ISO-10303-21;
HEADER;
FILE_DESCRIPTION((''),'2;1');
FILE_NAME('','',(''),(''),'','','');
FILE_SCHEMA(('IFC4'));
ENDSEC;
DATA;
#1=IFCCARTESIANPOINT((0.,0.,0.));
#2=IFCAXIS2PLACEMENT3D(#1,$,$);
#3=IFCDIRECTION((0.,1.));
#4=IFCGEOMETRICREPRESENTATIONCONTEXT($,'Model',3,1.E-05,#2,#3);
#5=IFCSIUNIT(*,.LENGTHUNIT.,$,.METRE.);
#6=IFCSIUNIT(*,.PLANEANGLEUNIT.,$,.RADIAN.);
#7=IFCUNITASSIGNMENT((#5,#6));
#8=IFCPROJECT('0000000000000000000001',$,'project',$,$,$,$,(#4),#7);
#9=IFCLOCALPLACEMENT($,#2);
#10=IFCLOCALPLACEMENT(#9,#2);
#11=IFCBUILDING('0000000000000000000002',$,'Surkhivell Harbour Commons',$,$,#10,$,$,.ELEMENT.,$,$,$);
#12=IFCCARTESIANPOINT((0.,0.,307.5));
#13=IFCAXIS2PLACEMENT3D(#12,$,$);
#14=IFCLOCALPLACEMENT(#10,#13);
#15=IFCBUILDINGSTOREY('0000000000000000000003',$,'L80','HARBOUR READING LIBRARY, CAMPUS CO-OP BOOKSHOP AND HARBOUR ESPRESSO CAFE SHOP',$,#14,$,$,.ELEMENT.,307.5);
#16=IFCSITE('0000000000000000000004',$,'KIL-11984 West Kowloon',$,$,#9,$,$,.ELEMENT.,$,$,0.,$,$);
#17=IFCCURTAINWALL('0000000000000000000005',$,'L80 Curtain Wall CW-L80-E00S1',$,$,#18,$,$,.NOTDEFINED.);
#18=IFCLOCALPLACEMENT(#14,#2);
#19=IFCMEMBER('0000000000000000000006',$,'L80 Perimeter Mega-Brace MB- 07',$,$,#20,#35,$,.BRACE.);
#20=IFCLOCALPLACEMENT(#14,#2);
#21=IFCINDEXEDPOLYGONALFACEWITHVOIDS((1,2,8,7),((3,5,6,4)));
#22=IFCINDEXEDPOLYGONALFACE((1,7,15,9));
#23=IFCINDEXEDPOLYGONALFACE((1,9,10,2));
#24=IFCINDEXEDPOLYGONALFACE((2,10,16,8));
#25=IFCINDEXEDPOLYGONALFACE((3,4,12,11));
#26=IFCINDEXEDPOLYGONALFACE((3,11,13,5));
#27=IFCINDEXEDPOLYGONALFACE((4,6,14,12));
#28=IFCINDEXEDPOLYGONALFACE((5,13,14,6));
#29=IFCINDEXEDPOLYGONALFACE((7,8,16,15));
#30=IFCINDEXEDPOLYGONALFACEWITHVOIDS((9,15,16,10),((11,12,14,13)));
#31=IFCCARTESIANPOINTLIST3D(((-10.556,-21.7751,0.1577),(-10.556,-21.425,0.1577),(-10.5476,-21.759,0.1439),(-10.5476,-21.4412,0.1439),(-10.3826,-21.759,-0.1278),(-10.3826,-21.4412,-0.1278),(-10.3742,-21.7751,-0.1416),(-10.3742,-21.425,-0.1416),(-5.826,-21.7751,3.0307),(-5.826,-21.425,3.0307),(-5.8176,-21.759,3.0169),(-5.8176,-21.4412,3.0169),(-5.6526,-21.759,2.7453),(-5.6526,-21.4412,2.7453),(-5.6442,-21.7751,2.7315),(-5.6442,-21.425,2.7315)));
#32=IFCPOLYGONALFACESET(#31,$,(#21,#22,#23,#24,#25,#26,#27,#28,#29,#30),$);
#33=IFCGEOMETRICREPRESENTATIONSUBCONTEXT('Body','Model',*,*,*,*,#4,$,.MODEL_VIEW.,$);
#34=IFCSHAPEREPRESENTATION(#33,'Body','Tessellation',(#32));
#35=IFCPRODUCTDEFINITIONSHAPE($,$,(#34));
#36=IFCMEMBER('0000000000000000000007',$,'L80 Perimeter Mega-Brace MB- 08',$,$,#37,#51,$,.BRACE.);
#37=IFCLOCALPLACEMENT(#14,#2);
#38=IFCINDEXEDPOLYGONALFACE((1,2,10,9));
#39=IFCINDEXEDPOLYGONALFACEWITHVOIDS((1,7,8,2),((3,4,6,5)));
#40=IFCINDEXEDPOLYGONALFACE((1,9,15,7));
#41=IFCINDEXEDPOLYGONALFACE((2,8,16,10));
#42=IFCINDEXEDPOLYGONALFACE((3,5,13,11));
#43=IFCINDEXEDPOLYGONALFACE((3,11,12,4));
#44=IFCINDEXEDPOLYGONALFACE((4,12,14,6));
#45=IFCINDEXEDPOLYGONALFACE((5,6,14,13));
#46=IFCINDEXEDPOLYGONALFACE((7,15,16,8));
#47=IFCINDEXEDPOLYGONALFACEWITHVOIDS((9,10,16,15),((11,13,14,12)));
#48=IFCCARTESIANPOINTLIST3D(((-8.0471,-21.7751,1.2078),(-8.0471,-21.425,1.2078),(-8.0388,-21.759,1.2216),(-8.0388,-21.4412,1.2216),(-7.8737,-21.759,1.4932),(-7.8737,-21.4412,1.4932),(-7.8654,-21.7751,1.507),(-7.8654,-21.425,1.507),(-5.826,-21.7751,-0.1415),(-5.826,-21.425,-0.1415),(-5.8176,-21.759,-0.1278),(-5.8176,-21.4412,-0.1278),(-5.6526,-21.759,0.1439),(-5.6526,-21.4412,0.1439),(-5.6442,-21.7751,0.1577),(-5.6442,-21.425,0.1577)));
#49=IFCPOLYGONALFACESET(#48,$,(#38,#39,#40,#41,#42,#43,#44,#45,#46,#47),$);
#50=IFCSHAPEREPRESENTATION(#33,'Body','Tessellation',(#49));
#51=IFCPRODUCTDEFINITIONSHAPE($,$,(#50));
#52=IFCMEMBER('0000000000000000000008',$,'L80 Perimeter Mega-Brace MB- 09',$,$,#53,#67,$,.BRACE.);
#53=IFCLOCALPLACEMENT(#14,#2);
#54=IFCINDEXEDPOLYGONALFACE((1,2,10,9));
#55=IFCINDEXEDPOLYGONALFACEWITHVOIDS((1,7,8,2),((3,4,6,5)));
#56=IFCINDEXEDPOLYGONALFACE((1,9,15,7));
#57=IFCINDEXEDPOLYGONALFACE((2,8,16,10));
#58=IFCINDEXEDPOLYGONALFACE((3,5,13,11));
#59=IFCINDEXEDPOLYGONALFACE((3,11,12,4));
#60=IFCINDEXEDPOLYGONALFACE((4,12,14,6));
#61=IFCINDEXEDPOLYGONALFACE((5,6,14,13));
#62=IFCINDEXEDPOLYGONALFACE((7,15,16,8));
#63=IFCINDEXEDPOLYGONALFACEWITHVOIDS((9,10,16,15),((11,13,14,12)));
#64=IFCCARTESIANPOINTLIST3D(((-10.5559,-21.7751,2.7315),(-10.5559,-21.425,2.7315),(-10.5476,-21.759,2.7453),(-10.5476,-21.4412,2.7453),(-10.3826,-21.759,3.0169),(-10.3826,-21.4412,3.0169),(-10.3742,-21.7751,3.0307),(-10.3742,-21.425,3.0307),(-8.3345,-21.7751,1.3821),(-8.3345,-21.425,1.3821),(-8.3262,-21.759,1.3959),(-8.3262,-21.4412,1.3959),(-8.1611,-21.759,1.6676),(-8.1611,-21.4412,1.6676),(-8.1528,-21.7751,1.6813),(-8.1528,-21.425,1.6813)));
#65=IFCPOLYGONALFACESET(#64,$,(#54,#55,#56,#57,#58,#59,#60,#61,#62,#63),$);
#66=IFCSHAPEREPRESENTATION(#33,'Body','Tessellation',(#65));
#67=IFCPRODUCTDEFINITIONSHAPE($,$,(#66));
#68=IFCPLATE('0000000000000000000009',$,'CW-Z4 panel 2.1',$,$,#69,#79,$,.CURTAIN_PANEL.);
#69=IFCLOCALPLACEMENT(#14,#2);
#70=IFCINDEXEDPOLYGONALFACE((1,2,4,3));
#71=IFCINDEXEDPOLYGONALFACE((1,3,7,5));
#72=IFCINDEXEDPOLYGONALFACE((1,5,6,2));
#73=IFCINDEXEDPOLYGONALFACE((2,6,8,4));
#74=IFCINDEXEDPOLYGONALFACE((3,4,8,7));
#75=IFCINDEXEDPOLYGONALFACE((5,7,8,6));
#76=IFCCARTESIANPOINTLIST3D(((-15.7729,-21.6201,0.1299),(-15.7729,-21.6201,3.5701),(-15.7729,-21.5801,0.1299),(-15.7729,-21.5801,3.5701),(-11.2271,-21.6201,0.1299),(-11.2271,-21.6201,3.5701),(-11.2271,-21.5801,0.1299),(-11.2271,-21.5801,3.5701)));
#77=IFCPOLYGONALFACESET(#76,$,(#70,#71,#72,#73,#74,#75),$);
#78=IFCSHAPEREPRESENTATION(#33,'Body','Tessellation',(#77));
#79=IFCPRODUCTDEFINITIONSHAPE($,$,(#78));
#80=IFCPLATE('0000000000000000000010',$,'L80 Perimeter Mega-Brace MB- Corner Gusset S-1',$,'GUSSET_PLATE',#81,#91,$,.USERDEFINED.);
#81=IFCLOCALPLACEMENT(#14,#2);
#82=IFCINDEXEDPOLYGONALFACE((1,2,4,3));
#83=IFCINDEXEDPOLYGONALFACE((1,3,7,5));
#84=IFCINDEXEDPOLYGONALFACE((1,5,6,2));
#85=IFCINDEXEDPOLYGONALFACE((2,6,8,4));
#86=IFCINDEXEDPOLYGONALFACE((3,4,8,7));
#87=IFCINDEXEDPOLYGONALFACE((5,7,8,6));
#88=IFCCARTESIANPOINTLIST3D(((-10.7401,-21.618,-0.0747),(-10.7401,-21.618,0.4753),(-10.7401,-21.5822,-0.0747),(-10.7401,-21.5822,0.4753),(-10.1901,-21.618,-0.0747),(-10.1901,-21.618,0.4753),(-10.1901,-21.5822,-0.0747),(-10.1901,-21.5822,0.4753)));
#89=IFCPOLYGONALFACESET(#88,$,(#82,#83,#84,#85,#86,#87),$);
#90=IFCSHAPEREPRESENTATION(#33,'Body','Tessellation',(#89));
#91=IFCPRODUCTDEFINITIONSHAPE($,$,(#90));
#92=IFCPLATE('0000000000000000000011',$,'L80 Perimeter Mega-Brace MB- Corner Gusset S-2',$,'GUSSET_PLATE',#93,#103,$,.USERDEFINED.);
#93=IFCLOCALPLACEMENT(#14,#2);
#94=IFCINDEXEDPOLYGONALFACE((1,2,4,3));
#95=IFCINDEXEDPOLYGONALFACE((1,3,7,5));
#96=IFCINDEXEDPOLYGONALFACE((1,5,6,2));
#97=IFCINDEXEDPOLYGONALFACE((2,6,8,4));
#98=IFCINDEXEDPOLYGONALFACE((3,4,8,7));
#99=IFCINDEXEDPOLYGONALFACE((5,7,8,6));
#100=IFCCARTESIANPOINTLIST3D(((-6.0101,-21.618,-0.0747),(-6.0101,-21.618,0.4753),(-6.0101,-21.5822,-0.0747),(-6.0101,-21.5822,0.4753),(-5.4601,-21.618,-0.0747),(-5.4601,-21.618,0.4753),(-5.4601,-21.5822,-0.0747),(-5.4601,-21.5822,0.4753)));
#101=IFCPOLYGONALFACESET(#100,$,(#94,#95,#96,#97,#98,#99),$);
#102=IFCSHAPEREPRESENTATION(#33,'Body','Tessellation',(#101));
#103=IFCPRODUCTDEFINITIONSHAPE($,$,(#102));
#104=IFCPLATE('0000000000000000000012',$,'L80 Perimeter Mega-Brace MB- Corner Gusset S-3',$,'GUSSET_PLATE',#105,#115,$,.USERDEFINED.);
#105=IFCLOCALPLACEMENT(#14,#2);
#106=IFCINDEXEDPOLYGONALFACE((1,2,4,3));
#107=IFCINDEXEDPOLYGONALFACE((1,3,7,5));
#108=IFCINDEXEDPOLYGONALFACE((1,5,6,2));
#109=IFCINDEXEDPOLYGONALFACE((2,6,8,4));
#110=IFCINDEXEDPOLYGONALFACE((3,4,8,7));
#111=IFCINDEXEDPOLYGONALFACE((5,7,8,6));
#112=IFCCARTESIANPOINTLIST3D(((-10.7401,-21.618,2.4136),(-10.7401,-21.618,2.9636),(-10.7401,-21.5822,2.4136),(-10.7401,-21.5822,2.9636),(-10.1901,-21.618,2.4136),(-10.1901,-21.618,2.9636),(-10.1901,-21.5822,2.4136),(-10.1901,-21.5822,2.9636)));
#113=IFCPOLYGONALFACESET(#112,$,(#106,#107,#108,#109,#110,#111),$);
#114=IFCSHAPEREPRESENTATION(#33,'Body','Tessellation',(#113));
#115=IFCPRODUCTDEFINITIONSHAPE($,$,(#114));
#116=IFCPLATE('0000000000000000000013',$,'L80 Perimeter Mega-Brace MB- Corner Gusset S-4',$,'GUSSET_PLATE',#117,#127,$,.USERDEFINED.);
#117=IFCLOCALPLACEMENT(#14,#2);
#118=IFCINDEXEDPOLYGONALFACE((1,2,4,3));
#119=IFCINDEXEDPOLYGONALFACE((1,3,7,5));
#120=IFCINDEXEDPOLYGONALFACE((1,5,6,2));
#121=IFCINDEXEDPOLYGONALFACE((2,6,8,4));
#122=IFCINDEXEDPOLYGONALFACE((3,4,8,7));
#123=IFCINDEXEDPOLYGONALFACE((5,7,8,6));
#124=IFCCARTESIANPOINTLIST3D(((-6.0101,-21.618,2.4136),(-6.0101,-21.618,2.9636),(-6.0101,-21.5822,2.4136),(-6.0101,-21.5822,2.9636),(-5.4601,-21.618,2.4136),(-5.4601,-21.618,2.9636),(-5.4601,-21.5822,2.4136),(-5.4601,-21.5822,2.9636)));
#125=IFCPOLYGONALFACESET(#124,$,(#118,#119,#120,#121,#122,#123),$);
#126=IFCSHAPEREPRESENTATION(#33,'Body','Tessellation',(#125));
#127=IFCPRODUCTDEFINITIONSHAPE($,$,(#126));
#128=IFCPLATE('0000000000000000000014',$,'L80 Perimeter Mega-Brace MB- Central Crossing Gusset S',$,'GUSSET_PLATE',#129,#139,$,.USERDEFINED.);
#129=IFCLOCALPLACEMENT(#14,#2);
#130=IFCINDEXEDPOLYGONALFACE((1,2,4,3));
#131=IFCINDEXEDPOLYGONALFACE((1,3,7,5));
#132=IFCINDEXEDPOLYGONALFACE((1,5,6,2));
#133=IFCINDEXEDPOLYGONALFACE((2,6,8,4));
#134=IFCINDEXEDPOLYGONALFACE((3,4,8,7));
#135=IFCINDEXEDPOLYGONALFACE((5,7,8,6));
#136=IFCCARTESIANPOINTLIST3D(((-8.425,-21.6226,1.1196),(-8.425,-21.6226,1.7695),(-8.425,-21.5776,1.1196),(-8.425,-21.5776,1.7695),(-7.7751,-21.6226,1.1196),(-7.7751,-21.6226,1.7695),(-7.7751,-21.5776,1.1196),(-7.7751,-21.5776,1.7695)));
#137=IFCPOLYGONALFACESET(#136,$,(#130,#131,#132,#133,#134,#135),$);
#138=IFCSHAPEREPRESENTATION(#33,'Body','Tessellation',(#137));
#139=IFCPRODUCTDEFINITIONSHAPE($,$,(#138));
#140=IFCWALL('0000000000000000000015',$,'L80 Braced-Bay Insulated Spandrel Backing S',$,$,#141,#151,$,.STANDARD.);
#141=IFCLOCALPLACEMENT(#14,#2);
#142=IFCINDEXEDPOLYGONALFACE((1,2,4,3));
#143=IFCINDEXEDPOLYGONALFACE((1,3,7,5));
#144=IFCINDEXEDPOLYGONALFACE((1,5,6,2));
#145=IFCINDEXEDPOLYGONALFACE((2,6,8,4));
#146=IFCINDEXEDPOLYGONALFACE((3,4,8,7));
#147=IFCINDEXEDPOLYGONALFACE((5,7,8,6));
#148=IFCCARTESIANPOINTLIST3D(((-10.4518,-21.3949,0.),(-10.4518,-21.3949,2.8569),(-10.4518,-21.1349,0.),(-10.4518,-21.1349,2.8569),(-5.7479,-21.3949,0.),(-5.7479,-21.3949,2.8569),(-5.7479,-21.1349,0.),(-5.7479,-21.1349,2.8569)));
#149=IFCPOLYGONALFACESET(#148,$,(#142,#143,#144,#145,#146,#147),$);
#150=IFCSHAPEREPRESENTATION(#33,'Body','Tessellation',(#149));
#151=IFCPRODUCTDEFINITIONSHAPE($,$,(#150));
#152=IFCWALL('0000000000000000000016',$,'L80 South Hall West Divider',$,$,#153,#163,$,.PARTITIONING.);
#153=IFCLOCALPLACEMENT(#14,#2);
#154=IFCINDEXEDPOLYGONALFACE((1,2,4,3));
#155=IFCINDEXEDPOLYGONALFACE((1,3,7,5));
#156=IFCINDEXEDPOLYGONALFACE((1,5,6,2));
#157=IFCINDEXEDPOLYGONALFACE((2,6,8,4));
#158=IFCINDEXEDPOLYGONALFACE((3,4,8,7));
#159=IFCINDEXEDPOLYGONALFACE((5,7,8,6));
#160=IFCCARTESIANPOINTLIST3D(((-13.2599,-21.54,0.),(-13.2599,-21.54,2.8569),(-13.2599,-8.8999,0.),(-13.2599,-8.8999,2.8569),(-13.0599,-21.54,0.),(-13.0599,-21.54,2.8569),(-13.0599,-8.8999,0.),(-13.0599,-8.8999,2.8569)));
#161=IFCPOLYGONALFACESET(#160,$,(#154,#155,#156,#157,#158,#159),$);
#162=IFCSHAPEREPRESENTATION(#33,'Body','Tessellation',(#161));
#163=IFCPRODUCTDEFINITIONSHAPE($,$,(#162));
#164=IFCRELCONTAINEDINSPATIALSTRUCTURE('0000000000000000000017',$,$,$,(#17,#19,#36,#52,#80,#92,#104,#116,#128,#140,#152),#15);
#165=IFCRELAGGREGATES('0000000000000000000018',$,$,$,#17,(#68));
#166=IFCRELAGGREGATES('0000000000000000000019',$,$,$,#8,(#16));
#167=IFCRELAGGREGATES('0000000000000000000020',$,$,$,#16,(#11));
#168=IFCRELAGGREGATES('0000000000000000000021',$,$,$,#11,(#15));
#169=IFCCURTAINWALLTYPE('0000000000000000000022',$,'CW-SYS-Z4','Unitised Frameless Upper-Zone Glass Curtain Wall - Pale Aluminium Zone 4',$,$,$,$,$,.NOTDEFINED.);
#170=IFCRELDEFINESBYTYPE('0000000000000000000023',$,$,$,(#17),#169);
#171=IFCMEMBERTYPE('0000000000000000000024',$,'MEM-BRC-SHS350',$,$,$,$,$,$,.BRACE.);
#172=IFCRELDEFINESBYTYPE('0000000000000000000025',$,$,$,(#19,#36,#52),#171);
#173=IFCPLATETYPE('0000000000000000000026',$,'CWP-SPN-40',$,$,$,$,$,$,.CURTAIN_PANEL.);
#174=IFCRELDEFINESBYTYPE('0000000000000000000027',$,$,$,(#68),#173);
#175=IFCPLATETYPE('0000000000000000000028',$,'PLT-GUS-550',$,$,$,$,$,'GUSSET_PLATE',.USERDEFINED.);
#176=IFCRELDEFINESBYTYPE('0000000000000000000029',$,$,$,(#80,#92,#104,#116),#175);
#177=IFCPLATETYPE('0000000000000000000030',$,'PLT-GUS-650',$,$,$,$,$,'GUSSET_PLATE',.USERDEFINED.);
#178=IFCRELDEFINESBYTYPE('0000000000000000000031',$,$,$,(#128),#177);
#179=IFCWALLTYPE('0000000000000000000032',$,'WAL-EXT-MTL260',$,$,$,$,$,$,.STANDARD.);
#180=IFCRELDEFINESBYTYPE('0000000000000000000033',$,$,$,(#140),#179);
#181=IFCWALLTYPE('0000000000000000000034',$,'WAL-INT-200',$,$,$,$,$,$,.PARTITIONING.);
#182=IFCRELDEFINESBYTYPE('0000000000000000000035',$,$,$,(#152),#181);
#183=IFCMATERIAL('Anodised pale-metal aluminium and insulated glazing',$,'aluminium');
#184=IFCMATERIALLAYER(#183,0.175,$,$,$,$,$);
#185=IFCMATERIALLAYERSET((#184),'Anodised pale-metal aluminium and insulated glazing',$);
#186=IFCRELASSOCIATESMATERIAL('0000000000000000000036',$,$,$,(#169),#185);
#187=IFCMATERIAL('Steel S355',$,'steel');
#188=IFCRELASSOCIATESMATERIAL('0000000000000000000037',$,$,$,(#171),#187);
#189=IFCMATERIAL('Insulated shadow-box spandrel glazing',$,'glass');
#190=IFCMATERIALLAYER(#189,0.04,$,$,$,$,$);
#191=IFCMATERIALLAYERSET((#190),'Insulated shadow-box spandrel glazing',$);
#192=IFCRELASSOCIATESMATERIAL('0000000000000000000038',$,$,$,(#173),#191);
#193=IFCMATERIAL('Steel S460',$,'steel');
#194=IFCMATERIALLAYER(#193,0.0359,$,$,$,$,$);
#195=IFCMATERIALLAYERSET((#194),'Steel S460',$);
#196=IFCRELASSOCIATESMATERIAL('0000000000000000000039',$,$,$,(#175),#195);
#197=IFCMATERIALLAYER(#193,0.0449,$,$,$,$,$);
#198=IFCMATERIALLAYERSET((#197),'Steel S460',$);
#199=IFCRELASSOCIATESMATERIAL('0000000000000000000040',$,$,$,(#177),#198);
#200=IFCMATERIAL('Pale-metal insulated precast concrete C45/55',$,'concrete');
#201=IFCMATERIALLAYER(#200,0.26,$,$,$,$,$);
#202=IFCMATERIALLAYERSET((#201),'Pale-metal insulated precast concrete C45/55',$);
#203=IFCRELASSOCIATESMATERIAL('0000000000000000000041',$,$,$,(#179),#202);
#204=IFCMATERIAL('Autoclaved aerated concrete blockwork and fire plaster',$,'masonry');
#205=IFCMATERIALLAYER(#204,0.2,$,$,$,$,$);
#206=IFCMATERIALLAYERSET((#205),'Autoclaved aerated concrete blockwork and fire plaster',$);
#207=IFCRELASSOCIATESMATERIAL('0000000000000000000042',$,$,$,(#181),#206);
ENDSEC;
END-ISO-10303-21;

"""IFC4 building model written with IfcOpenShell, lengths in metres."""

from ifc_helpers import new_model, si_unit, direction, frame, frame_2d, origin, origin_2d, place, context, subcontext, project, spatial, rectangle, hollow_rectangle, extrude, material, layer, layer_set, material_profile, profile_set, type_object, element, aggregate, save


model = new_model("IFC4")

# Units and contexts
model_context = context("Model", 3, precision=1e-05, world=origin(), true_north=direction((0.0, 1.0)))
body_context = subcontext(model_context, "Body", "Model", "MODEL_VIEW")
ifc_project = project(units=[si_unit("LENGTHUNIT", "METRE"), si_unit("PLANEANGLEUNIT", "RADIAN")], contexts=[model_context])

# Site, building, storey
site_placement = place(None, origin())
site = spatial("IfcSite", under=ifc_project, at=site_placement, Name="KIL-11984 West Kowloon", CompositionType="ELEMENT", RefElevation=0.0)
building_placement = place(site_placement, origin())
building = spatial("IfcBuilding", under=site, at=building_placement, Name="Surkhivell Harbour Commons", CompositionType="ELEMENT")
storey_placement = place(building_placement, frame((0.0, 0.0, 307.5)))
storey = spatial("IfcBuildingStorey", under=building, at=storey_placement, Name="L80", Description="HARBOUR READING LIBRARY, CAMPUS CO-OP BOOKSHOP AND HARBOUR ESPRESSO CAFE SHOP", CompositionType="ELEMENT", Elevation=307.5)

# Shared definitions
ifc_material_1 = material(Name="Steel S355", Category="steel")

# Curtain wall
ifc_material_2 = material(Name="Anodised pale-metal aluminium and insulated glazing", Category="aluminium")
ifc_layer_1 = layer(ifc_material_2, 0.175)
ifc_layer_set_1 = layer_set([ifc_layer_1], Name="Anodised pale-metal aluminium and insulated glazing")
curtain_wall_type = type_object("IfcCurtainWallType", Name="CW-SYS-Z4", Description="Unitised Frameless Upper-Zone Glass Curtain Wall - Pale Aluminium Zone 4", PredefinedType="NOTDEFINED", material=ifc_layer_set_1)
curtain_wall_placement = place(storey_placement, origin())
curtain_wall = element("IfcCurtainWall", 1, at=curtain_wall_placement, inside=storey, type_object=curtain_wall_type, Name="L80 Curtain Wall CW-L80-E00S1", PredefinedType="NOTDEFINED")

# Members
ifc_material_profile_1 = material_profile(ifc_material_1, hollow_rectangle(XDim=0.3501, YDim=0.3501, WallThickness=0.0161, at=origin_2d()), Name="SHS350x350x16")
ifc_profile_set_1 = profile_set([ifc_material_profile_1], Name="Steel S355")
member_type_1 = type_object("IfcMemberType", Name="MEM-BRC-SHS350", PredefinedType="BRACE", material=ifc_profile_set_1)
member_1_placement = place(storey_placement, frame((-10.4651, -21.6001, 0.0081), z_axis=(0.854685, 0.0, 0.519146), x_axis=(0.0, 1.0, 0.0)))
element("IfcMember", 2, at=member_1_placement, inside=storey, type_object=member_type_1, Name="L80 Perimeter Mega-Brace MB- 07", PredefinedType="BRACE", context=body_context, shape_type="SweptSolid", body=[
    extrude(hollow_rectangle(XDim=0.3501, YDim=0.3501, WallThickness=0.0161, at=origin_2d()), origin(), (0.0, 0.0, 1.0), 5.5342),
])
member_2_placement = place(storey_placement, frame((-5.7351, -21.6001, 0.0081), z_axis=(-0.854654, 0.0, 0.519199), x_axis=(0.0, -1.0, 0.0)))
element("IfcMember", 3, at=member_2_placement, inside=storey, type_object=member_type_1, Name="L80 Perimeter Mega-Brace MB- 08", PredefinedType="BRACE", context=body_context, shape_type="SweptSolid", body=[
    extrude(hollow_rectangle(XDim=0.3501, YDim=0.3501, WallThickness=0.0161, at=origin_2d()), origin(), (0.0, 0.0, 1.0), 2.5989),
])
member_3_placement = place(storey_placement, frame((-8.2437, -21.6001, 1.5317), z_axis=(-0.854679, 0.0, 0.519157), x_axis=(0.0, -1.0, 0.0)))
element("IfcMember", 4, at=member_3_placement, inside=storey, type_object=member_type_1, Name="L80 Perimeter Mega-Brace MB- 09", PredefinedType="BRACE", context=body_context, shape_type="SweptSolid", body=[
    extrude(hollow_rectangle(XDim=0.3501, YDim=0.3501, WallThickness=0.0161, at=origin_2d()), origin(), (0.0, 0.0, 1.0), 2.5991),
])

# Plate
ifc_material_3 = material(Name="Insulated shadow-box spandrel glazing", Category="glass")
ifc_layer_2 = layer(ifc_material_3, 0.04)
ifc_layer_set_2 = layer_set([ifc_layer_2], Name="Insulated shadow-box spandrel glazing")
plate_type_1 = type_object("IfcPlateType", Name="CWP-SPN-40", PredefinedType="CURTAIN_PANEL", material=ifc_layer_set_2)
plate_1_placement = place(storey_placement, frame((-15.7729, -21.6001, 0.1299), z_axis=(0.0, 0.0, 1.0), x_axis=(1.0, 0.0, 0.0)))
plate_1 = element("IfcPlate", 5, at=plate_1_placement, type_object=plate_type_1, Name="CW-Z4 panel 2.1", PredefinedType="CURTAIN_PANEL", context=body_context, shape_type="SweptSolid", body=[
    extrude(rectangle(XDim=4.5459, YDim=0.04, at=frame_2d((2.2729, 0.0))), origin(), (0.0, 0.0, 1.0), 3.4402),
])
aggregate(curtain_wall, [plate_1])

# Plates
ifc_material_4 = material(Name="Steel S460", Category="steel")
ifc_layer_3 = layer(ifc_material_4, 0.0359)
ifc_layer_set_3 = layer_set([ifc_layer_3], Name="Steel S460")
plate_type_2 = type_object("IfcPlateType", Name="PLT-GUS-550", ElementType="GUSSET_PLATE", PredefinedType="USERDEFINED", material=ifc_layer_set_3)
for number, where, z_axis, x_axis, name in (
    (6, (-10.4651, -21.6001, -0.0747), (0.0, 0.0, 1.0), (1.0, 0.0, 0.0), "L80 Perimeter Mega-Brace MB- Corner Gusset S-1"),
    (7, (-5.7351, -21.6001, -0.0747), (0.0, 0.0, 1.0), (1.0, 0.0, 0.0), "L80 Perimeter Mega-Brace MB- Corner Gusset S-2"),
    (8, (-10.4651, -21.6001, 2.4136), (0.0, 0.0, 1.0), (1.0, 0.0, 0.0), "L80 Perimeter Mega-Brace MB- Corner Gusset S-3"),
    (9, (-5.7351, -21.6001, 2.4136), (0.0, 0.0, 1.0), (1.0, 0.0, 0.0), "L80 Perimeter Mega-Brace MB- Corner Gusset S-4"),
):
    element("IfcPlate", number, at=place(storey_placement, frame(where, z_axis=z_axis, x_axis=x_axis)), inside=storey, type_object=plate_type_2, Name=name, ObjectType="GUSSET_PLATE", PredefinedType="USERDEFINED", context=body_context, shape_type="SweptSolid", body=[
        extrude(rectangle(XDim=0.55, YDim=0.0359, at=origin_2d()), origin(), (0.0, 0.0, 1.0), 0.55),
    ])
ifc_layer_4 = layer(ifc_material_4, 0.0449)
ifc_layer_set_4 = layer_set([ifc_layer_4], Name="Steel S460")
plate_type_3 = type_object("IfcPlateType", Name="PLT-GUS-650", ElementType="GUSSET_PLATE", PredefinedType="USERDEFINED", material=ifc_layer_set_4)
plate_2_placement = place(storey_placement, frame((-8.1001, -21.6001, 1.1196), z_axis=(0.0, 0.0, 1.0), x_axis=(1.0, 0.0, 0.0)))
element("IfcPlate", 10, at=plate_2_placement, inside=storey, type_object=plate_type_3, Name="L80 Perimeter Mega-Brace MB- Central Crossing Gusset S", ObjectType="GUSSET_PLATE", PredefinedType="USERDEFINED", context=body_context, shape_type="SweptSolid", body=[
    extrude(rectangle(XDim=0.6499, YDim=0.0449, at=origin_2d()), origin(), (0.0, 0.0, 1.0), 0.6499),
])

# Walls
ifc_material_5 = material(Name="Pale-metal insulated precast concrete C45/55", Category="concrete")
ifc_layer_5 = layer(ifc_material_5, 0.26)
ifc_layer_set_5 = layer_set([ifc_layer_5], Name="Pale-metal insulated precast concrete C45/55")
wall_type_1 = type_object("IfcWallType", Name="WAL-EXT-MTL260", PredefinedType="STANDARD", material=ifc_layer_set_5)
wall_1_placement = place(storey_placement, frame((-10.4519, -21.2649, 0.0), z_axis=(0.0, 0.0, 1.0), x_axis=(1.0, 0.0, 0.0)))
element("IfcWall", 11, at=wall_1_placement, inside=storey, type_object=wall_type_1, Name="L80 Braced-Bay Insulated Spandrel Backing S", PredefinedType="STANDARD", context=body_context, shape_type="SweptSolid", body=[
    extrude(rectangle(XDim=4.7039, YDim=0.26, at=frame_2d((2.3521, 0.0))), origin(), (0.0, 0.0, 1.0), 2.8569),
])
ifc_material_6 = material(Name="Autoclaved aerated concrete blockwork and fire plaster", Category="masonry")
ifc_layer_6 = layer(ifc_material_6, 0.2)
ifc_layer_set_6 = layer_set([ifc_layer_6], Name="Autoclaved aerated concrete blockwork and fire plaster")
wall_type_2 = type_object("IfcWallType", Name="WAL-INT-200", PredefinedType="PARTITIONING", material=ifc_layer_set_6)
wall_2_placement = place(storey_placement, frame((-13.1599, -21.54, 0.0), z_axis=(0.0, 0.0, 1.0), x_axis=(0.0, 1.0, 0.0)))
element("IfcWall", 12, at=wall_2_placement, inside=storey, type_object=wall_type_2, Name="L80 South Hall West Divider", PredefinedType="PARTITIONING", context=body_context, shape_type="SweptSolid", body=[
    extrude(rectangle(XDim=12.6401, YDim=0.2, at=frame_2d((6.3201, 0.0))), origin(), (0.0, 0.0, 1.0), 2.8569),
])

save(model, "model.ifc")
